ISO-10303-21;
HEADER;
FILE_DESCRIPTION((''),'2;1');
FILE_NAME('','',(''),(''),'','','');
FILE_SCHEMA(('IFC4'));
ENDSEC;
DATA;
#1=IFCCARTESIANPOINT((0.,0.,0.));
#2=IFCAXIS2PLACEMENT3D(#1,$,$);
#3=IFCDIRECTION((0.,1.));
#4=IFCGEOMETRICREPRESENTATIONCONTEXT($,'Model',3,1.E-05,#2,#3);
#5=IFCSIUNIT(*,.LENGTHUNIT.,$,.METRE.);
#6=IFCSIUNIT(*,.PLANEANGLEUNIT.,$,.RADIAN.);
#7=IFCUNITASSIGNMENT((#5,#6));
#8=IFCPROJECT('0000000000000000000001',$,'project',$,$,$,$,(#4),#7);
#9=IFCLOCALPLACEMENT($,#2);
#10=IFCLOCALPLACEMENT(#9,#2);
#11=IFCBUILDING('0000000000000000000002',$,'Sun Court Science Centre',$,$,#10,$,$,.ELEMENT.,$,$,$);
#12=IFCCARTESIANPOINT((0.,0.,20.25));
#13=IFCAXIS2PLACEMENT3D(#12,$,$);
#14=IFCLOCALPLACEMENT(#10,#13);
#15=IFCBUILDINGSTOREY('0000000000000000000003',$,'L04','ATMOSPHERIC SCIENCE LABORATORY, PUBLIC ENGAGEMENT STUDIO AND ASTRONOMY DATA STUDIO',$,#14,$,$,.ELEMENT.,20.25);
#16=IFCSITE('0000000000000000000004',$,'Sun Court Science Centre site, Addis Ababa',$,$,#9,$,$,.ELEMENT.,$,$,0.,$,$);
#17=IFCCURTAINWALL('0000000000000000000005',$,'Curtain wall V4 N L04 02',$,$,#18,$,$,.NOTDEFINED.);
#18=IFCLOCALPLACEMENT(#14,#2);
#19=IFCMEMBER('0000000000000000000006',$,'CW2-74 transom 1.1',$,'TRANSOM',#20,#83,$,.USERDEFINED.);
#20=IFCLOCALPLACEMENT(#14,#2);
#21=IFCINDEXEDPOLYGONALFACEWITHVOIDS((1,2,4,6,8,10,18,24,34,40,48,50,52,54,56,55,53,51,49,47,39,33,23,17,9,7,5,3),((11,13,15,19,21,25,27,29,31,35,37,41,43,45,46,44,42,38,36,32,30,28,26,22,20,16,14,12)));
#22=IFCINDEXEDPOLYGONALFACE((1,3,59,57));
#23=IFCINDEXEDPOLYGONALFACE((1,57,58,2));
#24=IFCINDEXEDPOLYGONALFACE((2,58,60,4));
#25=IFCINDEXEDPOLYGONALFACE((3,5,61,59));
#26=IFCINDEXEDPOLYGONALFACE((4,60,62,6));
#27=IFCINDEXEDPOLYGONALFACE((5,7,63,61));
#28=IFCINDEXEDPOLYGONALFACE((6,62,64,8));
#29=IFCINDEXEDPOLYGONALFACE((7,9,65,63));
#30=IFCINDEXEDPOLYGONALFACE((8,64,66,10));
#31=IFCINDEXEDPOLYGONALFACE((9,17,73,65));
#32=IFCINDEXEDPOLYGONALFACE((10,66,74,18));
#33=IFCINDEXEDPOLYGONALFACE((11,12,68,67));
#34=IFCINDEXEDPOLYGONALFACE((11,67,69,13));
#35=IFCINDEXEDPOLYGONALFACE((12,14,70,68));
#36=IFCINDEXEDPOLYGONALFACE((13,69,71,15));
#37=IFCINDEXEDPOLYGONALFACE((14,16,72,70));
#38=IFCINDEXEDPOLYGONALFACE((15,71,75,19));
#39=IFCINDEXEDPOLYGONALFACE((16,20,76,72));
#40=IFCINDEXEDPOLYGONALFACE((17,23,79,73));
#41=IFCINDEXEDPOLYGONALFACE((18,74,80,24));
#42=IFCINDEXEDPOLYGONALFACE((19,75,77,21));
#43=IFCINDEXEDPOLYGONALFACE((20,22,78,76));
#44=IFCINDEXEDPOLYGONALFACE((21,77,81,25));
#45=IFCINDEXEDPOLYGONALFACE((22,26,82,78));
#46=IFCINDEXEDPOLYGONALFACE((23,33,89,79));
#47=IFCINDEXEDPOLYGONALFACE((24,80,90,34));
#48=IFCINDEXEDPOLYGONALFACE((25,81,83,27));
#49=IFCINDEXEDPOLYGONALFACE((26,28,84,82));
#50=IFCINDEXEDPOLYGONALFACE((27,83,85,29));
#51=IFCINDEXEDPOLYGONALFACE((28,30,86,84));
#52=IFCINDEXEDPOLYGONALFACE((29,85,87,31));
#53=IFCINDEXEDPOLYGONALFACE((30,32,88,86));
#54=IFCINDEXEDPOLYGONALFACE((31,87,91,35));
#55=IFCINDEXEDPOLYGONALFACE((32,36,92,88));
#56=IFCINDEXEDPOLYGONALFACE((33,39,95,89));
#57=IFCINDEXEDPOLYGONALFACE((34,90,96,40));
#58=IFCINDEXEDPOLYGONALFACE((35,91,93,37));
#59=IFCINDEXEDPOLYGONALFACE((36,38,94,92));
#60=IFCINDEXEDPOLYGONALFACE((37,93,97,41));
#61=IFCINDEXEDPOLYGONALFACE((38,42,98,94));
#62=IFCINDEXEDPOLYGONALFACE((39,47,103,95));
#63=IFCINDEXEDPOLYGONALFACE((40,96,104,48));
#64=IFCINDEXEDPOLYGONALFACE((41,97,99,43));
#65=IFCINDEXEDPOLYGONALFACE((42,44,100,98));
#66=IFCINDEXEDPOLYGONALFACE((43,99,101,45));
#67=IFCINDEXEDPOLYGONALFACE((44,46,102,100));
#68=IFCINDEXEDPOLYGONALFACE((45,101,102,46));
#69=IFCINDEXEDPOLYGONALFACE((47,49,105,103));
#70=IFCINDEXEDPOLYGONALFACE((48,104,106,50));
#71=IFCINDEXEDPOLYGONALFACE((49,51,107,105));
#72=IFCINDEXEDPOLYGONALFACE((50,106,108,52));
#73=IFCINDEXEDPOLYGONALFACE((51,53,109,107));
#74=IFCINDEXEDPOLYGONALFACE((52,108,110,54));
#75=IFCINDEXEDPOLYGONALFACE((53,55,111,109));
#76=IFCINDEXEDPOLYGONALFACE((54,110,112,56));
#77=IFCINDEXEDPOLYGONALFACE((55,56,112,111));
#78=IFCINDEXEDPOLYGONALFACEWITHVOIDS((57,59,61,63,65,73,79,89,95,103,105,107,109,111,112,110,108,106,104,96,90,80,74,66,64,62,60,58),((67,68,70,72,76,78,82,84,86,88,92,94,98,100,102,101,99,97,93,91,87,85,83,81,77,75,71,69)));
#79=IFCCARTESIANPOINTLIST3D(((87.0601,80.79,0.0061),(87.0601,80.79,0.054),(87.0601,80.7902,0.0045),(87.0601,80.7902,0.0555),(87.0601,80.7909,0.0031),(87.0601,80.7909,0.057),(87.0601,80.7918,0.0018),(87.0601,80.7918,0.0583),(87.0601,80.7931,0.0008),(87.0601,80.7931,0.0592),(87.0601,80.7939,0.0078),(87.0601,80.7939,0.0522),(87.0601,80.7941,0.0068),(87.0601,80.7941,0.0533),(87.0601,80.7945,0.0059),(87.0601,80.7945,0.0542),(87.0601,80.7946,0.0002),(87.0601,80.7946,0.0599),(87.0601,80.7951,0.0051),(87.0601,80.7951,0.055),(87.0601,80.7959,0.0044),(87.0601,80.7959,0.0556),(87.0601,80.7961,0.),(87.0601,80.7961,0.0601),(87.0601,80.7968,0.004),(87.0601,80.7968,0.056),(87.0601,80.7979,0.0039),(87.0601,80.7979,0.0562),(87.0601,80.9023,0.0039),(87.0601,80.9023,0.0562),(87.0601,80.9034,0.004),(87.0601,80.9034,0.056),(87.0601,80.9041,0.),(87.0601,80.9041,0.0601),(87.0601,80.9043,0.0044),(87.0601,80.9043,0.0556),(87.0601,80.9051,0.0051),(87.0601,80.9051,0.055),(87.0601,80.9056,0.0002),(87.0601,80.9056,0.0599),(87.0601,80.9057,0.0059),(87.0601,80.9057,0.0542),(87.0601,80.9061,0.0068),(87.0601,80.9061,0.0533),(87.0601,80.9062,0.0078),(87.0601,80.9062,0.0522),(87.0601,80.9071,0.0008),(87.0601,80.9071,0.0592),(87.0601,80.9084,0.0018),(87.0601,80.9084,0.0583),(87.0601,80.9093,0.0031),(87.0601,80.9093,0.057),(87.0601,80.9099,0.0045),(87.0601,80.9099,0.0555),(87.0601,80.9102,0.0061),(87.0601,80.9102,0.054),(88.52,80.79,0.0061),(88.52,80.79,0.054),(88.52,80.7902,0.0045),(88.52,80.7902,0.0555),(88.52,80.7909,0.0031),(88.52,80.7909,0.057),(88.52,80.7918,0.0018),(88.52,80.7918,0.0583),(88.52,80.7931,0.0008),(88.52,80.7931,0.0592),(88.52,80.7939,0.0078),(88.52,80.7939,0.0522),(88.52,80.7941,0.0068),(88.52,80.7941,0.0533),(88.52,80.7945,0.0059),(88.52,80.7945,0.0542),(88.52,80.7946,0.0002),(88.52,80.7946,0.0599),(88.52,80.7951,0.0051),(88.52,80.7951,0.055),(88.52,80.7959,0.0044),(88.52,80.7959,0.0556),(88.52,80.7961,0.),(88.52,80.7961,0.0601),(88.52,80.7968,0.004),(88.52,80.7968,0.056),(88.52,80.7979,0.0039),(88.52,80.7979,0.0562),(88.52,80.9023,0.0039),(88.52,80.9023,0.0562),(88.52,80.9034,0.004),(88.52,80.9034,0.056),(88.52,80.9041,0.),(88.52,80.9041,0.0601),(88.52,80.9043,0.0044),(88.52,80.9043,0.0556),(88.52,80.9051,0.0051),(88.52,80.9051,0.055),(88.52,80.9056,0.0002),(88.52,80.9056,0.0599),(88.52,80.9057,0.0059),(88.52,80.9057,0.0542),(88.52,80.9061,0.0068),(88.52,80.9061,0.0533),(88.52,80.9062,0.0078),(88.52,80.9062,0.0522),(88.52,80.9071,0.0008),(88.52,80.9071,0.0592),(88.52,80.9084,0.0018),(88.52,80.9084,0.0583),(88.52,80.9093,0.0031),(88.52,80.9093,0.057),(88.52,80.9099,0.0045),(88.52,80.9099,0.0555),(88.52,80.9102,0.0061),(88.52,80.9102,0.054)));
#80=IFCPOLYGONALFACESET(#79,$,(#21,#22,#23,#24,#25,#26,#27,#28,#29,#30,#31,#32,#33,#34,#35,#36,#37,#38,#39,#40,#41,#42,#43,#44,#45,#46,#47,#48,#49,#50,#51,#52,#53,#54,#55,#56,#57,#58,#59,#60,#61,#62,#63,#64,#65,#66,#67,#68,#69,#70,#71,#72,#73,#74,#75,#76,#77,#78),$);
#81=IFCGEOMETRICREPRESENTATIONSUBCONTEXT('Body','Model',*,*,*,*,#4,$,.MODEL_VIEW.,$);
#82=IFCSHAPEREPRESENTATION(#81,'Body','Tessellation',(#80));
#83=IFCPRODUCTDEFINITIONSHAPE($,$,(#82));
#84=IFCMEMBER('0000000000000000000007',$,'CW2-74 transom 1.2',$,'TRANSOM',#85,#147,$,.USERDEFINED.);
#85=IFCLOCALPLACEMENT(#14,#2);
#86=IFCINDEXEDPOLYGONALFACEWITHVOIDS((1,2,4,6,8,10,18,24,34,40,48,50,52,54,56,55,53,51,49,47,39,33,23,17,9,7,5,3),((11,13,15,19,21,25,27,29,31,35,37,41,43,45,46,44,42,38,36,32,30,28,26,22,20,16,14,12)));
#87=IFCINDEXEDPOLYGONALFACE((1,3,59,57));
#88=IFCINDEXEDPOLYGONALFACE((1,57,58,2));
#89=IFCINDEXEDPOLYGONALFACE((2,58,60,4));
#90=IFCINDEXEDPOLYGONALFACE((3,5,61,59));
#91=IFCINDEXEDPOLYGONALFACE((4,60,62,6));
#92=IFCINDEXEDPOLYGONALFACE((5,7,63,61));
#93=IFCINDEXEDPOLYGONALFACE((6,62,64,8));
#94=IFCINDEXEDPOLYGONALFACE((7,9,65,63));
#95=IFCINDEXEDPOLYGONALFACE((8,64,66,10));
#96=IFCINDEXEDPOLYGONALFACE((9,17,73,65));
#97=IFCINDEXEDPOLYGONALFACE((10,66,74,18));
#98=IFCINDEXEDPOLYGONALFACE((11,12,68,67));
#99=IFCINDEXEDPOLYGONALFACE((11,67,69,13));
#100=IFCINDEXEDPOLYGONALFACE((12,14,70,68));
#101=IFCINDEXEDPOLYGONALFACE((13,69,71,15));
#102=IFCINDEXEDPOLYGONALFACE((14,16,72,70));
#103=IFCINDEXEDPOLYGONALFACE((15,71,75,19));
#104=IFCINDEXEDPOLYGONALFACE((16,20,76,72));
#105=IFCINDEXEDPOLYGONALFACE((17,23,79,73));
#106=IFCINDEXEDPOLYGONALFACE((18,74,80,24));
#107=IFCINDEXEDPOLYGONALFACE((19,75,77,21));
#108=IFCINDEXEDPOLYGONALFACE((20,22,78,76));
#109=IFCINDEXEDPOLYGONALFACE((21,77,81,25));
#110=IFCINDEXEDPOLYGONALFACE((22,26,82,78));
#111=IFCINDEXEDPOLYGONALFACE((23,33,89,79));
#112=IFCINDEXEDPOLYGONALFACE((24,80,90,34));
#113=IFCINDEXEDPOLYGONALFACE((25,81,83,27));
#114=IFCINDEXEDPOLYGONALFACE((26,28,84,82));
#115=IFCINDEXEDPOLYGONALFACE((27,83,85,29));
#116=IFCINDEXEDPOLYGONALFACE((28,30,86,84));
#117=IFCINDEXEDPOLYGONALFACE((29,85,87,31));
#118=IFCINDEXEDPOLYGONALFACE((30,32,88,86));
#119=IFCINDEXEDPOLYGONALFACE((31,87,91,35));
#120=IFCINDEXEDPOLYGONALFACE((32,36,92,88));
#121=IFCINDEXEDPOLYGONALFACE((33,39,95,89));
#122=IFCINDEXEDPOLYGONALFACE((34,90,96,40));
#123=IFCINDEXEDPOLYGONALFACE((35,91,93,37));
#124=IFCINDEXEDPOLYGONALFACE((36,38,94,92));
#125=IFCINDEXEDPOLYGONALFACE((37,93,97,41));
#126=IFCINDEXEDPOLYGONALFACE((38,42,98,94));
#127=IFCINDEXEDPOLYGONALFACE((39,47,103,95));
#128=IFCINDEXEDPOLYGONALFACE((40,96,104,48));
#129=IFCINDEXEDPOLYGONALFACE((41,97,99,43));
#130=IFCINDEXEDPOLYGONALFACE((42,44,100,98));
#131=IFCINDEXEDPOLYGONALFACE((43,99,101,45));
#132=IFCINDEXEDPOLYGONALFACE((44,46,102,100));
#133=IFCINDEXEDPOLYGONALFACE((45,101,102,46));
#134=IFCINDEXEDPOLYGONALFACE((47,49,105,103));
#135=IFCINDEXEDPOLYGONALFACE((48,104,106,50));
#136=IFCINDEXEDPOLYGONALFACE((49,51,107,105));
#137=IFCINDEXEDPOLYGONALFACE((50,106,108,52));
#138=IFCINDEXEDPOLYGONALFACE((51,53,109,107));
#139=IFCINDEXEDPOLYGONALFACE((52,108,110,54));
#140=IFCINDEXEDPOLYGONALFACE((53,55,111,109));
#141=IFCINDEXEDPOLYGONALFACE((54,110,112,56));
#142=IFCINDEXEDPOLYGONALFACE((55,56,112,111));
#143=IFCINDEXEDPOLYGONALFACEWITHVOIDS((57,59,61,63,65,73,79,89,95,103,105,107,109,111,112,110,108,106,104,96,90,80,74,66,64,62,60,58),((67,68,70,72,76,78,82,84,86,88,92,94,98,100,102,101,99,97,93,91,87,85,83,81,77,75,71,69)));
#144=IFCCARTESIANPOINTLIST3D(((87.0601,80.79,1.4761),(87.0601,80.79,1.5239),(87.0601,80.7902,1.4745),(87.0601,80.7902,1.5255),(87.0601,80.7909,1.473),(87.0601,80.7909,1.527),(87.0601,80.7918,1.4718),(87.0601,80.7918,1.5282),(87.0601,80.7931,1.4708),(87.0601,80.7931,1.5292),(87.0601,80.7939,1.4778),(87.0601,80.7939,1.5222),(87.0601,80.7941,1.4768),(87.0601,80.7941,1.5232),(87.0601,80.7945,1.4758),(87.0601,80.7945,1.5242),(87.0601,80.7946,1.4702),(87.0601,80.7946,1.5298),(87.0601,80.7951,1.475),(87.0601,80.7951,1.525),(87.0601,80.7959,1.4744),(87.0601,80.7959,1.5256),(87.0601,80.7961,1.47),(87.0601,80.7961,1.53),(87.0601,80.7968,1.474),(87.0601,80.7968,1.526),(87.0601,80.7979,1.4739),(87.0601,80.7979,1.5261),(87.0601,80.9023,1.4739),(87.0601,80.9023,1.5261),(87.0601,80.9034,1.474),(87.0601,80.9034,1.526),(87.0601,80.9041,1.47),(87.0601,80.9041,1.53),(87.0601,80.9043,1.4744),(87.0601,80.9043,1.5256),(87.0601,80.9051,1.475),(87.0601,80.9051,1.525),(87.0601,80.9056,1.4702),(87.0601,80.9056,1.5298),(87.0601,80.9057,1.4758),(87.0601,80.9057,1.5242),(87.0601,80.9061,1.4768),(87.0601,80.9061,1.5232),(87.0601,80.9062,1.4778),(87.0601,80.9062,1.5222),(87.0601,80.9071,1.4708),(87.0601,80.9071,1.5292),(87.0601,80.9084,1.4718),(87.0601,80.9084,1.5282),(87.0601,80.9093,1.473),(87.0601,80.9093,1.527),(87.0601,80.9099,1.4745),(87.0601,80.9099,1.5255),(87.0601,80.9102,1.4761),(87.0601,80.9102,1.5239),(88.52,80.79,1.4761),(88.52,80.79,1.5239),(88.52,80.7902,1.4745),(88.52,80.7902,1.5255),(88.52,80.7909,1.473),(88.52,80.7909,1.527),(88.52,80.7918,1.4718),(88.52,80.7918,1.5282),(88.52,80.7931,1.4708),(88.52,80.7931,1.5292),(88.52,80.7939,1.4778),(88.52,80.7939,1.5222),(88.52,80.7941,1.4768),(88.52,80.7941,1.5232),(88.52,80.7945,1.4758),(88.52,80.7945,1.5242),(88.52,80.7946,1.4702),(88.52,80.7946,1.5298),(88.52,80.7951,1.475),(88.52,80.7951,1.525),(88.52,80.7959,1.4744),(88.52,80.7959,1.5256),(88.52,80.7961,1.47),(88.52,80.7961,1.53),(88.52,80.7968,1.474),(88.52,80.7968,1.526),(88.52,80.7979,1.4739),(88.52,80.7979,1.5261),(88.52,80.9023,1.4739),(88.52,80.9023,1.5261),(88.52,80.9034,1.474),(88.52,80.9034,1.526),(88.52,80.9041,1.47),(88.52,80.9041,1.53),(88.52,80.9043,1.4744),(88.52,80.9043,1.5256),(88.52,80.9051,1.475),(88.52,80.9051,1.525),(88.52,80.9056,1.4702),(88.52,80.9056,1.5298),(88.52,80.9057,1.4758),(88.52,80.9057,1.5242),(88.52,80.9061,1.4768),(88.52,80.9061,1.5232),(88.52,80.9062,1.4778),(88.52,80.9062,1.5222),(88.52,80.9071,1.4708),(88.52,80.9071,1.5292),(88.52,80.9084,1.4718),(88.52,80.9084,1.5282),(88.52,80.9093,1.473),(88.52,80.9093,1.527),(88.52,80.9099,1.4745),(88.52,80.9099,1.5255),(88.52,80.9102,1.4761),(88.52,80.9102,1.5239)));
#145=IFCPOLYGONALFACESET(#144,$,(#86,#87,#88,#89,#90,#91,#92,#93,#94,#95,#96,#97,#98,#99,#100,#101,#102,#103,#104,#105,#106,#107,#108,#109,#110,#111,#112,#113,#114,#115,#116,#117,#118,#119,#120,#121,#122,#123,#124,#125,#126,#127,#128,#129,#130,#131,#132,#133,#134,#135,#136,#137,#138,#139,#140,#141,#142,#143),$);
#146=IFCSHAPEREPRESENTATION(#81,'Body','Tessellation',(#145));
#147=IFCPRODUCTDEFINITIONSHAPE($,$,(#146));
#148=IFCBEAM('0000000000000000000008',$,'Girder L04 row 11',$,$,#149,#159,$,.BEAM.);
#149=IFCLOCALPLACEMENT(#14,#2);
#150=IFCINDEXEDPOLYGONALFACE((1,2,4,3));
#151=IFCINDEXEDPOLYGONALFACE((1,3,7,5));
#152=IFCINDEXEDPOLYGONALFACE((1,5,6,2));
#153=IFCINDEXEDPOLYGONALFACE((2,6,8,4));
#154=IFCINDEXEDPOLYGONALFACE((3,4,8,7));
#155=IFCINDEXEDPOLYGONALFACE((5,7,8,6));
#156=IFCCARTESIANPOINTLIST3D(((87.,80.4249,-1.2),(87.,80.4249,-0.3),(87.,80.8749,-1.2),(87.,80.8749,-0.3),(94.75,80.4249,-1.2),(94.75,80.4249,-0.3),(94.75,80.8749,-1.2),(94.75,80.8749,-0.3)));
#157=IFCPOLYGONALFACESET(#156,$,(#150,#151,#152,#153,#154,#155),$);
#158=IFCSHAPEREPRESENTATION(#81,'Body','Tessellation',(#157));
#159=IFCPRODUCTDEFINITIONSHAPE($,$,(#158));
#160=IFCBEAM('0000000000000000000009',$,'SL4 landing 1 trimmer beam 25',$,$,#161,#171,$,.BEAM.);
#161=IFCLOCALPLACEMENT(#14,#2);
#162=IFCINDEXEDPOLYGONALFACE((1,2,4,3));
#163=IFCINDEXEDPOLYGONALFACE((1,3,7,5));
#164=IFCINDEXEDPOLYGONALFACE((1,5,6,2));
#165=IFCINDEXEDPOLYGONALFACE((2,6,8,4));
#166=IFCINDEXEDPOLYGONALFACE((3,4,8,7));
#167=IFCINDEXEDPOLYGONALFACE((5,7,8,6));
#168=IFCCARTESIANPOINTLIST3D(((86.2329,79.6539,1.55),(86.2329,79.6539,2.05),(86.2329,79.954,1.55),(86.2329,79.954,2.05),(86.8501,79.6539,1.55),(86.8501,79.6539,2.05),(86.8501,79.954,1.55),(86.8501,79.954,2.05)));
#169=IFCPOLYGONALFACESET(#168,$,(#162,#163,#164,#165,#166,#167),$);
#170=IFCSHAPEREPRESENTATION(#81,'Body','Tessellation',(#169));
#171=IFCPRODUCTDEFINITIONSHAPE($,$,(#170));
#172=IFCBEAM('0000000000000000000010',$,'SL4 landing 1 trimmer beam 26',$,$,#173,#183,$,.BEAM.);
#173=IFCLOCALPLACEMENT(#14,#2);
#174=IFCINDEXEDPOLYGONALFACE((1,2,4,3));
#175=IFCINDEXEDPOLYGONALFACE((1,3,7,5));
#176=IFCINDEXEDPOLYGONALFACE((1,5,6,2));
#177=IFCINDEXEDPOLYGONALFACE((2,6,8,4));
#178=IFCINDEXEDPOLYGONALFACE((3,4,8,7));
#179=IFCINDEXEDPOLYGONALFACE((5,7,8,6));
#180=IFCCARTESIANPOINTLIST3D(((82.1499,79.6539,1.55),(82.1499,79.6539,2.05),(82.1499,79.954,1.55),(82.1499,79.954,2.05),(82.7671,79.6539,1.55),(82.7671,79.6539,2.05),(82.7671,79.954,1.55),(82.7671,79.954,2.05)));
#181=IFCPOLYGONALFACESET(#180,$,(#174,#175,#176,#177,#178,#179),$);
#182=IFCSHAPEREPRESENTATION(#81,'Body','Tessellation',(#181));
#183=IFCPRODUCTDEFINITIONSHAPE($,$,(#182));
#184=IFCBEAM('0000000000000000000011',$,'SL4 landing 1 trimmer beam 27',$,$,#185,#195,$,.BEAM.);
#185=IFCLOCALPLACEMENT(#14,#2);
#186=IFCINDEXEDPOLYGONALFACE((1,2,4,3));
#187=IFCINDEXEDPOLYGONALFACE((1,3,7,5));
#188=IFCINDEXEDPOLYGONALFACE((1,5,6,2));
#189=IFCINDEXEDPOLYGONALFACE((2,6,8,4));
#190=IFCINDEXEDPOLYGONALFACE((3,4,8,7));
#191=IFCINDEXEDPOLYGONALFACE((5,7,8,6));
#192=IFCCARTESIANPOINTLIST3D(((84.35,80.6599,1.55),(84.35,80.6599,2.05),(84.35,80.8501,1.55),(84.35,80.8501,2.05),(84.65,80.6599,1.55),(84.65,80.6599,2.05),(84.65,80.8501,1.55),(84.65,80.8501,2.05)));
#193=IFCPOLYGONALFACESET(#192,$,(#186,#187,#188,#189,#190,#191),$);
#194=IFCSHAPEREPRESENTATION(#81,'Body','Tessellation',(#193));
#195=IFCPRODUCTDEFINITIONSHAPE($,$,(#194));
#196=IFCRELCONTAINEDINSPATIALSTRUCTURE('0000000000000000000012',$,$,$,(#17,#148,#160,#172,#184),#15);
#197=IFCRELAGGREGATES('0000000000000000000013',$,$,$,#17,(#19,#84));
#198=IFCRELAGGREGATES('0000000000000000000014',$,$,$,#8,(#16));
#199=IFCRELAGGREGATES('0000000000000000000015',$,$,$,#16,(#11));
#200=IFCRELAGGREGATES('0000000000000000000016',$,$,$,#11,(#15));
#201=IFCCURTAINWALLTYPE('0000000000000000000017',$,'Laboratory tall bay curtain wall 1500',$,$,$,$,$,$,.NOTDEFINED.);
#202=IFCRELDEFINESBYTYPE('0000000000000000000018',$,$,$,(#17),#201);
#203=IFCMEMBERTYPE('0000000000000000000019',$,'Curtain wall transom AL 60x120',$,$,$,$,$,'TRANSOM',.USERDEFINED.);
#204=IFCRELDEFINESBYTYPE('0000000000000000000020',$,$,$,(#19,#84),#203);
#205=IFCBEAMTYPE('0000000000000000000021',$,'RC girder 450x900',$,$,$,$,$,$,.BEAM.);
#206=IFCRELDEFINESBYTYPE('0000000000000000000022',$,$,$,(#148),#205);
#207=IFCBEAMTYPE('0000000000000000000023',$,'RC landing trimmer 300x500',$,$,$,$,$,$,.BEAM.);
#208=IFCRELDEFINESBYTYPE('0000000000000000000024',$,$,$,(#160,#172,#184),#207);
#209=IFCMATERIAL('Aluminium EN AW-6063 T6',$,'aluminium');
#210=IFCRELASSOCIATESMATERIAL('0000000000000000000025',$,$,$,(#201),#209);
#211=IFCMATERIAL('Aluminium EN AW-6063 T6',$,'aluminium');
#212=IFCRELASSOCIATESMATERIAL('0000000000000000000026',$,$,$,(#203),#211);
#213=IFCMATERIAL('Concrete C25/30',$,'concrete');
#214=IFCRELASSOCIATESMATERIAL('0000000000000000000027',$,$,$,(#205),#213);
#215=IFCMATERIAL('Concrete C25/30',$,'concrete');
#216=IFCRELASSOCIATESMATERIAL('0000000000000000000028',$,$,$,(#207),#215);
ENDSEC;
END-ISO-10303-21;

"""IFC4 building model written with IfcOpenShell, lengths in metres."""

from ifc_helpers import new_model, si_unit, direction, frame, origin, origin_2d, place, context, subcontext, project, spatial, rectangle, hollow_rectangle, extrude, material, material_profile, profile_set, type_object, element, aggregate, save


model = new_model("IFC4")

# Units and contexts
model_context = context("Model", 3, precision=1e-05, world=origin(), true_north=direction((0.0, 1.0)))
body_context = subcontext(model_context, "Body", "Model", "MODEL_VIEW")
ifc_project = project(units=[si_unit("LENGTHUNIT", "METRE"), si_unit("PLANEANGLEUNIT", "RADIAN")], contexts=[model_context])

# Site, building, storey
site_placement = place(None, origin())
site = spatial("IfcSite", under=ifc_project, at=site_placement, Name="Sun Court Science Centre site, Addis Ababa", CompositionType="ELEMENT", RefElevation=0.0)
building_placement = place(site_placement, origin())
building = spatial("IfcBuilding", under=site, at=building_placement, Name="Sun Court Science Centre", CompositionType="ELEMENT")
storey_placement = place(building_placement, frame((0.0, 0.0, 20.25)))
storey = spatial("IfcBuildingStorey", under=building, at=storey_placement, Name="L04", Description="ATMOSPHERIC SCIENCE LABORATORY, PUBLIC ENGAGEMENT STUDIO AND ASTRONOMY DATA STUDIO", CompositionType="ELEMENT", Elevation=20.25)

# Shared definitions
ifc_material_1 = material(Name="Aluminium EN AW-6063 T6", Category="aluminium")
curtain_wall_type = type_object("IfcCurtainWallType", Name="Laboratory tall bay curtain wall 1500", PredefinedType="NOTDEFINED", material=ifc_material_1)

# Curtain wall
curtain_wall_1_placement = place(storey_placement, origin())
curtain_wall_1 = element("IfcCurtainWall", 1, at=curtain_wall_1_placement, inside=storey, type_object=curtain_wall_type, Name="Curtain wall V4 N L04 02", PredefinedType="NOTDEFINED")

# Members
ifc_material_2 = material(Name="Aluminium EN AW-6063 T6", Category="aluminium")
ifc_material_profile_1 = material_profile(ifc_material_2, hollow_rectangle(XDim=0.0601, YDim=0.1201, WallThickness=0.0039, InnerFilletRadius=0.0039, OuterFilletRadius=0.0061, at=origin_2d()), Name="AL 60x120x4")
ifc_profile_set_1 = profile_set([ifc_material_profile_1], Name="Aluminium EN AW-6063 T6")
member_type_1 = type_object("IfcMemberType", Name="Curtain wall transom AL 60x120", ElementType="TRANSOM", PredefinedType="USERDEFINED", material=ifc_profile_set_1)
member_1_placement = place(storey_placement, frame((87.0601, 80.8501, 0.03), z_axis=(1.0, 0.0, 0.0), x_axis=(0.0, 0.0, 1.0)))
member_1 = element("IfcMember", 2, at=member_1_placement, type_object=member_type_1, Name="CW2-74 transom 1.1", ObjectType="TRANSOM", PredefinedType="USERDEFINED", context=body_context, shape_type="SweptSolid", body=[
    extrude(hollow_rectangle(XDim=0.0601, YDim=0.1201, WallThickness=0.0039, InnerFilletRadius=0.0039, OuterFilletRadius=0.0061, at=origin_2d()), origin(), (0.0, 0.0, 1.0), 1.46),
])
member_2_placement = place(storey_placement, frame((87.0601, 80.8501, 1.5), z_axis=(1.0, 0.0, 0.0), x_axis=(0.0, 0.0, 1.0)))
member_2 = element("IfcMember", 3, at=member_2_placement, type_object=member_type_1, Name="CW2-74 transom 1.2", ObjectType="TRANSOM", PredefinedType="USERDEFINED", context=body_context, shape_type="SweptSolid", body=[
    extrude(hollow_rectangle(XDim=0.0601, YDim=0.1201, WallThickness=0.0039, InnerFilletRadius=0.0039, OuterFilletRadius=0.0061, at=origin_2d()), origin(), (0.0, 0.0, 1.0), 1.46),
])
aggregate(curtain_wall_1, [member_1, member_2])

# Beams
ifc_material_3 = material(Name="Concrete C25/30", Category="concrete")
ifc_material_profile_2 = material_profile(ifc_material_3, rectangle(XDim=0.45, YDim=0.8999, at=origin_2d()), Name="RC 450x900")
ifc_profile_set_2 = profile_set([ifc_material_profile_2], Name="Concrete C25/30")
beam_type_1 = type_object("IfcBeamType", Name="RC girder 450x900", PredefinedType="BEAM", material=ifc_profile_set_2)
beam_1_placement = place(storey_placement, frame((87.0, 80.6499, -0.75), z_axis=(1.0, 0.0, 0.0), x_axis=(0.0, 1.0, 0.0)))
element("IfcBeam", 4, at=beam_1_placement, inside=storey, type_object=beam_type_1, Name="Girder L04 row 11", PredefinedType="BEAM", context=body_context, shape_type="SweptSolid", body=[
    extrude(rectangle(XDim=0.45, YDim=0.8999, at=origin_2d()), origin(), (0.0, 0.0, 1.0), 7.75),
])
ifc_material_4 = material(Name="Concrete C25/30", Category="concrete")
ifc_material_profile_3 = material_profile(ifc_material_4, rectangle(XDim=0.3, YDim=0.5, at=origin_2d()), Name="RC 300x500")
ifc_profile_set_3 = profile_set([ifc_material_profile_3], Name="Concrete C25/30")
beam_type_2 = type_object("IfcBeamType", Name="RC landing trimmer 300x500", PredefinedType="BEAM", material=ifc_profile_set_3)
for number, where, z_axis, x_axis, name in (
    (5, (86.8501, 79.804, 1.8), (-1.0, 0.0, 0.0), (0.0, -1.0, 0.0), "SL4 landing 1 trimmer beam 25"),
    (6, (82.1499, 79.804, 1.8), (1.0, 0.0, 0.0), (0.0, 1.0, 0.0), "SL4 landing 1 trimmer beam 26"),
):
    element("IfcBeam", number, at=place(storey_placement, frame(where, z_axis=z_axis, x_axis=x_axis)), inside=storey, type_object=beam_type_2, Name=name, PredefinedType="BEAM", context=body_context, shape_type="SweptSolid", body=[
        extrude(rectangle(XDim=0.3, YDim=0.5, at=origin_2d()), origin(), (0.0, 0.0, 1.0), 0.6172),
    ])
beam_2_placement = place(storey_placement, frame((84.5, 80.8501, 1.8), z_axis=(0.0, -1.0, 0.0), x_axis=(1.0, 0.0, 0.0)))
element("IfcBeam", 7, at=beam_2_placement, inside=storey, type_object=beam_type_2, Name="SL4 landing 1 trimmer beam 27", PredefinedType="BEAM", context=body_context, shape_type="SweptSolid", body=[
    extrude(rectangle(XDim=0.3, YDim=0.5, at=origin_2d()), origin(), (0.0, 0.0, 1.0), 0.1902),
])

save(model, "model.ifc")
